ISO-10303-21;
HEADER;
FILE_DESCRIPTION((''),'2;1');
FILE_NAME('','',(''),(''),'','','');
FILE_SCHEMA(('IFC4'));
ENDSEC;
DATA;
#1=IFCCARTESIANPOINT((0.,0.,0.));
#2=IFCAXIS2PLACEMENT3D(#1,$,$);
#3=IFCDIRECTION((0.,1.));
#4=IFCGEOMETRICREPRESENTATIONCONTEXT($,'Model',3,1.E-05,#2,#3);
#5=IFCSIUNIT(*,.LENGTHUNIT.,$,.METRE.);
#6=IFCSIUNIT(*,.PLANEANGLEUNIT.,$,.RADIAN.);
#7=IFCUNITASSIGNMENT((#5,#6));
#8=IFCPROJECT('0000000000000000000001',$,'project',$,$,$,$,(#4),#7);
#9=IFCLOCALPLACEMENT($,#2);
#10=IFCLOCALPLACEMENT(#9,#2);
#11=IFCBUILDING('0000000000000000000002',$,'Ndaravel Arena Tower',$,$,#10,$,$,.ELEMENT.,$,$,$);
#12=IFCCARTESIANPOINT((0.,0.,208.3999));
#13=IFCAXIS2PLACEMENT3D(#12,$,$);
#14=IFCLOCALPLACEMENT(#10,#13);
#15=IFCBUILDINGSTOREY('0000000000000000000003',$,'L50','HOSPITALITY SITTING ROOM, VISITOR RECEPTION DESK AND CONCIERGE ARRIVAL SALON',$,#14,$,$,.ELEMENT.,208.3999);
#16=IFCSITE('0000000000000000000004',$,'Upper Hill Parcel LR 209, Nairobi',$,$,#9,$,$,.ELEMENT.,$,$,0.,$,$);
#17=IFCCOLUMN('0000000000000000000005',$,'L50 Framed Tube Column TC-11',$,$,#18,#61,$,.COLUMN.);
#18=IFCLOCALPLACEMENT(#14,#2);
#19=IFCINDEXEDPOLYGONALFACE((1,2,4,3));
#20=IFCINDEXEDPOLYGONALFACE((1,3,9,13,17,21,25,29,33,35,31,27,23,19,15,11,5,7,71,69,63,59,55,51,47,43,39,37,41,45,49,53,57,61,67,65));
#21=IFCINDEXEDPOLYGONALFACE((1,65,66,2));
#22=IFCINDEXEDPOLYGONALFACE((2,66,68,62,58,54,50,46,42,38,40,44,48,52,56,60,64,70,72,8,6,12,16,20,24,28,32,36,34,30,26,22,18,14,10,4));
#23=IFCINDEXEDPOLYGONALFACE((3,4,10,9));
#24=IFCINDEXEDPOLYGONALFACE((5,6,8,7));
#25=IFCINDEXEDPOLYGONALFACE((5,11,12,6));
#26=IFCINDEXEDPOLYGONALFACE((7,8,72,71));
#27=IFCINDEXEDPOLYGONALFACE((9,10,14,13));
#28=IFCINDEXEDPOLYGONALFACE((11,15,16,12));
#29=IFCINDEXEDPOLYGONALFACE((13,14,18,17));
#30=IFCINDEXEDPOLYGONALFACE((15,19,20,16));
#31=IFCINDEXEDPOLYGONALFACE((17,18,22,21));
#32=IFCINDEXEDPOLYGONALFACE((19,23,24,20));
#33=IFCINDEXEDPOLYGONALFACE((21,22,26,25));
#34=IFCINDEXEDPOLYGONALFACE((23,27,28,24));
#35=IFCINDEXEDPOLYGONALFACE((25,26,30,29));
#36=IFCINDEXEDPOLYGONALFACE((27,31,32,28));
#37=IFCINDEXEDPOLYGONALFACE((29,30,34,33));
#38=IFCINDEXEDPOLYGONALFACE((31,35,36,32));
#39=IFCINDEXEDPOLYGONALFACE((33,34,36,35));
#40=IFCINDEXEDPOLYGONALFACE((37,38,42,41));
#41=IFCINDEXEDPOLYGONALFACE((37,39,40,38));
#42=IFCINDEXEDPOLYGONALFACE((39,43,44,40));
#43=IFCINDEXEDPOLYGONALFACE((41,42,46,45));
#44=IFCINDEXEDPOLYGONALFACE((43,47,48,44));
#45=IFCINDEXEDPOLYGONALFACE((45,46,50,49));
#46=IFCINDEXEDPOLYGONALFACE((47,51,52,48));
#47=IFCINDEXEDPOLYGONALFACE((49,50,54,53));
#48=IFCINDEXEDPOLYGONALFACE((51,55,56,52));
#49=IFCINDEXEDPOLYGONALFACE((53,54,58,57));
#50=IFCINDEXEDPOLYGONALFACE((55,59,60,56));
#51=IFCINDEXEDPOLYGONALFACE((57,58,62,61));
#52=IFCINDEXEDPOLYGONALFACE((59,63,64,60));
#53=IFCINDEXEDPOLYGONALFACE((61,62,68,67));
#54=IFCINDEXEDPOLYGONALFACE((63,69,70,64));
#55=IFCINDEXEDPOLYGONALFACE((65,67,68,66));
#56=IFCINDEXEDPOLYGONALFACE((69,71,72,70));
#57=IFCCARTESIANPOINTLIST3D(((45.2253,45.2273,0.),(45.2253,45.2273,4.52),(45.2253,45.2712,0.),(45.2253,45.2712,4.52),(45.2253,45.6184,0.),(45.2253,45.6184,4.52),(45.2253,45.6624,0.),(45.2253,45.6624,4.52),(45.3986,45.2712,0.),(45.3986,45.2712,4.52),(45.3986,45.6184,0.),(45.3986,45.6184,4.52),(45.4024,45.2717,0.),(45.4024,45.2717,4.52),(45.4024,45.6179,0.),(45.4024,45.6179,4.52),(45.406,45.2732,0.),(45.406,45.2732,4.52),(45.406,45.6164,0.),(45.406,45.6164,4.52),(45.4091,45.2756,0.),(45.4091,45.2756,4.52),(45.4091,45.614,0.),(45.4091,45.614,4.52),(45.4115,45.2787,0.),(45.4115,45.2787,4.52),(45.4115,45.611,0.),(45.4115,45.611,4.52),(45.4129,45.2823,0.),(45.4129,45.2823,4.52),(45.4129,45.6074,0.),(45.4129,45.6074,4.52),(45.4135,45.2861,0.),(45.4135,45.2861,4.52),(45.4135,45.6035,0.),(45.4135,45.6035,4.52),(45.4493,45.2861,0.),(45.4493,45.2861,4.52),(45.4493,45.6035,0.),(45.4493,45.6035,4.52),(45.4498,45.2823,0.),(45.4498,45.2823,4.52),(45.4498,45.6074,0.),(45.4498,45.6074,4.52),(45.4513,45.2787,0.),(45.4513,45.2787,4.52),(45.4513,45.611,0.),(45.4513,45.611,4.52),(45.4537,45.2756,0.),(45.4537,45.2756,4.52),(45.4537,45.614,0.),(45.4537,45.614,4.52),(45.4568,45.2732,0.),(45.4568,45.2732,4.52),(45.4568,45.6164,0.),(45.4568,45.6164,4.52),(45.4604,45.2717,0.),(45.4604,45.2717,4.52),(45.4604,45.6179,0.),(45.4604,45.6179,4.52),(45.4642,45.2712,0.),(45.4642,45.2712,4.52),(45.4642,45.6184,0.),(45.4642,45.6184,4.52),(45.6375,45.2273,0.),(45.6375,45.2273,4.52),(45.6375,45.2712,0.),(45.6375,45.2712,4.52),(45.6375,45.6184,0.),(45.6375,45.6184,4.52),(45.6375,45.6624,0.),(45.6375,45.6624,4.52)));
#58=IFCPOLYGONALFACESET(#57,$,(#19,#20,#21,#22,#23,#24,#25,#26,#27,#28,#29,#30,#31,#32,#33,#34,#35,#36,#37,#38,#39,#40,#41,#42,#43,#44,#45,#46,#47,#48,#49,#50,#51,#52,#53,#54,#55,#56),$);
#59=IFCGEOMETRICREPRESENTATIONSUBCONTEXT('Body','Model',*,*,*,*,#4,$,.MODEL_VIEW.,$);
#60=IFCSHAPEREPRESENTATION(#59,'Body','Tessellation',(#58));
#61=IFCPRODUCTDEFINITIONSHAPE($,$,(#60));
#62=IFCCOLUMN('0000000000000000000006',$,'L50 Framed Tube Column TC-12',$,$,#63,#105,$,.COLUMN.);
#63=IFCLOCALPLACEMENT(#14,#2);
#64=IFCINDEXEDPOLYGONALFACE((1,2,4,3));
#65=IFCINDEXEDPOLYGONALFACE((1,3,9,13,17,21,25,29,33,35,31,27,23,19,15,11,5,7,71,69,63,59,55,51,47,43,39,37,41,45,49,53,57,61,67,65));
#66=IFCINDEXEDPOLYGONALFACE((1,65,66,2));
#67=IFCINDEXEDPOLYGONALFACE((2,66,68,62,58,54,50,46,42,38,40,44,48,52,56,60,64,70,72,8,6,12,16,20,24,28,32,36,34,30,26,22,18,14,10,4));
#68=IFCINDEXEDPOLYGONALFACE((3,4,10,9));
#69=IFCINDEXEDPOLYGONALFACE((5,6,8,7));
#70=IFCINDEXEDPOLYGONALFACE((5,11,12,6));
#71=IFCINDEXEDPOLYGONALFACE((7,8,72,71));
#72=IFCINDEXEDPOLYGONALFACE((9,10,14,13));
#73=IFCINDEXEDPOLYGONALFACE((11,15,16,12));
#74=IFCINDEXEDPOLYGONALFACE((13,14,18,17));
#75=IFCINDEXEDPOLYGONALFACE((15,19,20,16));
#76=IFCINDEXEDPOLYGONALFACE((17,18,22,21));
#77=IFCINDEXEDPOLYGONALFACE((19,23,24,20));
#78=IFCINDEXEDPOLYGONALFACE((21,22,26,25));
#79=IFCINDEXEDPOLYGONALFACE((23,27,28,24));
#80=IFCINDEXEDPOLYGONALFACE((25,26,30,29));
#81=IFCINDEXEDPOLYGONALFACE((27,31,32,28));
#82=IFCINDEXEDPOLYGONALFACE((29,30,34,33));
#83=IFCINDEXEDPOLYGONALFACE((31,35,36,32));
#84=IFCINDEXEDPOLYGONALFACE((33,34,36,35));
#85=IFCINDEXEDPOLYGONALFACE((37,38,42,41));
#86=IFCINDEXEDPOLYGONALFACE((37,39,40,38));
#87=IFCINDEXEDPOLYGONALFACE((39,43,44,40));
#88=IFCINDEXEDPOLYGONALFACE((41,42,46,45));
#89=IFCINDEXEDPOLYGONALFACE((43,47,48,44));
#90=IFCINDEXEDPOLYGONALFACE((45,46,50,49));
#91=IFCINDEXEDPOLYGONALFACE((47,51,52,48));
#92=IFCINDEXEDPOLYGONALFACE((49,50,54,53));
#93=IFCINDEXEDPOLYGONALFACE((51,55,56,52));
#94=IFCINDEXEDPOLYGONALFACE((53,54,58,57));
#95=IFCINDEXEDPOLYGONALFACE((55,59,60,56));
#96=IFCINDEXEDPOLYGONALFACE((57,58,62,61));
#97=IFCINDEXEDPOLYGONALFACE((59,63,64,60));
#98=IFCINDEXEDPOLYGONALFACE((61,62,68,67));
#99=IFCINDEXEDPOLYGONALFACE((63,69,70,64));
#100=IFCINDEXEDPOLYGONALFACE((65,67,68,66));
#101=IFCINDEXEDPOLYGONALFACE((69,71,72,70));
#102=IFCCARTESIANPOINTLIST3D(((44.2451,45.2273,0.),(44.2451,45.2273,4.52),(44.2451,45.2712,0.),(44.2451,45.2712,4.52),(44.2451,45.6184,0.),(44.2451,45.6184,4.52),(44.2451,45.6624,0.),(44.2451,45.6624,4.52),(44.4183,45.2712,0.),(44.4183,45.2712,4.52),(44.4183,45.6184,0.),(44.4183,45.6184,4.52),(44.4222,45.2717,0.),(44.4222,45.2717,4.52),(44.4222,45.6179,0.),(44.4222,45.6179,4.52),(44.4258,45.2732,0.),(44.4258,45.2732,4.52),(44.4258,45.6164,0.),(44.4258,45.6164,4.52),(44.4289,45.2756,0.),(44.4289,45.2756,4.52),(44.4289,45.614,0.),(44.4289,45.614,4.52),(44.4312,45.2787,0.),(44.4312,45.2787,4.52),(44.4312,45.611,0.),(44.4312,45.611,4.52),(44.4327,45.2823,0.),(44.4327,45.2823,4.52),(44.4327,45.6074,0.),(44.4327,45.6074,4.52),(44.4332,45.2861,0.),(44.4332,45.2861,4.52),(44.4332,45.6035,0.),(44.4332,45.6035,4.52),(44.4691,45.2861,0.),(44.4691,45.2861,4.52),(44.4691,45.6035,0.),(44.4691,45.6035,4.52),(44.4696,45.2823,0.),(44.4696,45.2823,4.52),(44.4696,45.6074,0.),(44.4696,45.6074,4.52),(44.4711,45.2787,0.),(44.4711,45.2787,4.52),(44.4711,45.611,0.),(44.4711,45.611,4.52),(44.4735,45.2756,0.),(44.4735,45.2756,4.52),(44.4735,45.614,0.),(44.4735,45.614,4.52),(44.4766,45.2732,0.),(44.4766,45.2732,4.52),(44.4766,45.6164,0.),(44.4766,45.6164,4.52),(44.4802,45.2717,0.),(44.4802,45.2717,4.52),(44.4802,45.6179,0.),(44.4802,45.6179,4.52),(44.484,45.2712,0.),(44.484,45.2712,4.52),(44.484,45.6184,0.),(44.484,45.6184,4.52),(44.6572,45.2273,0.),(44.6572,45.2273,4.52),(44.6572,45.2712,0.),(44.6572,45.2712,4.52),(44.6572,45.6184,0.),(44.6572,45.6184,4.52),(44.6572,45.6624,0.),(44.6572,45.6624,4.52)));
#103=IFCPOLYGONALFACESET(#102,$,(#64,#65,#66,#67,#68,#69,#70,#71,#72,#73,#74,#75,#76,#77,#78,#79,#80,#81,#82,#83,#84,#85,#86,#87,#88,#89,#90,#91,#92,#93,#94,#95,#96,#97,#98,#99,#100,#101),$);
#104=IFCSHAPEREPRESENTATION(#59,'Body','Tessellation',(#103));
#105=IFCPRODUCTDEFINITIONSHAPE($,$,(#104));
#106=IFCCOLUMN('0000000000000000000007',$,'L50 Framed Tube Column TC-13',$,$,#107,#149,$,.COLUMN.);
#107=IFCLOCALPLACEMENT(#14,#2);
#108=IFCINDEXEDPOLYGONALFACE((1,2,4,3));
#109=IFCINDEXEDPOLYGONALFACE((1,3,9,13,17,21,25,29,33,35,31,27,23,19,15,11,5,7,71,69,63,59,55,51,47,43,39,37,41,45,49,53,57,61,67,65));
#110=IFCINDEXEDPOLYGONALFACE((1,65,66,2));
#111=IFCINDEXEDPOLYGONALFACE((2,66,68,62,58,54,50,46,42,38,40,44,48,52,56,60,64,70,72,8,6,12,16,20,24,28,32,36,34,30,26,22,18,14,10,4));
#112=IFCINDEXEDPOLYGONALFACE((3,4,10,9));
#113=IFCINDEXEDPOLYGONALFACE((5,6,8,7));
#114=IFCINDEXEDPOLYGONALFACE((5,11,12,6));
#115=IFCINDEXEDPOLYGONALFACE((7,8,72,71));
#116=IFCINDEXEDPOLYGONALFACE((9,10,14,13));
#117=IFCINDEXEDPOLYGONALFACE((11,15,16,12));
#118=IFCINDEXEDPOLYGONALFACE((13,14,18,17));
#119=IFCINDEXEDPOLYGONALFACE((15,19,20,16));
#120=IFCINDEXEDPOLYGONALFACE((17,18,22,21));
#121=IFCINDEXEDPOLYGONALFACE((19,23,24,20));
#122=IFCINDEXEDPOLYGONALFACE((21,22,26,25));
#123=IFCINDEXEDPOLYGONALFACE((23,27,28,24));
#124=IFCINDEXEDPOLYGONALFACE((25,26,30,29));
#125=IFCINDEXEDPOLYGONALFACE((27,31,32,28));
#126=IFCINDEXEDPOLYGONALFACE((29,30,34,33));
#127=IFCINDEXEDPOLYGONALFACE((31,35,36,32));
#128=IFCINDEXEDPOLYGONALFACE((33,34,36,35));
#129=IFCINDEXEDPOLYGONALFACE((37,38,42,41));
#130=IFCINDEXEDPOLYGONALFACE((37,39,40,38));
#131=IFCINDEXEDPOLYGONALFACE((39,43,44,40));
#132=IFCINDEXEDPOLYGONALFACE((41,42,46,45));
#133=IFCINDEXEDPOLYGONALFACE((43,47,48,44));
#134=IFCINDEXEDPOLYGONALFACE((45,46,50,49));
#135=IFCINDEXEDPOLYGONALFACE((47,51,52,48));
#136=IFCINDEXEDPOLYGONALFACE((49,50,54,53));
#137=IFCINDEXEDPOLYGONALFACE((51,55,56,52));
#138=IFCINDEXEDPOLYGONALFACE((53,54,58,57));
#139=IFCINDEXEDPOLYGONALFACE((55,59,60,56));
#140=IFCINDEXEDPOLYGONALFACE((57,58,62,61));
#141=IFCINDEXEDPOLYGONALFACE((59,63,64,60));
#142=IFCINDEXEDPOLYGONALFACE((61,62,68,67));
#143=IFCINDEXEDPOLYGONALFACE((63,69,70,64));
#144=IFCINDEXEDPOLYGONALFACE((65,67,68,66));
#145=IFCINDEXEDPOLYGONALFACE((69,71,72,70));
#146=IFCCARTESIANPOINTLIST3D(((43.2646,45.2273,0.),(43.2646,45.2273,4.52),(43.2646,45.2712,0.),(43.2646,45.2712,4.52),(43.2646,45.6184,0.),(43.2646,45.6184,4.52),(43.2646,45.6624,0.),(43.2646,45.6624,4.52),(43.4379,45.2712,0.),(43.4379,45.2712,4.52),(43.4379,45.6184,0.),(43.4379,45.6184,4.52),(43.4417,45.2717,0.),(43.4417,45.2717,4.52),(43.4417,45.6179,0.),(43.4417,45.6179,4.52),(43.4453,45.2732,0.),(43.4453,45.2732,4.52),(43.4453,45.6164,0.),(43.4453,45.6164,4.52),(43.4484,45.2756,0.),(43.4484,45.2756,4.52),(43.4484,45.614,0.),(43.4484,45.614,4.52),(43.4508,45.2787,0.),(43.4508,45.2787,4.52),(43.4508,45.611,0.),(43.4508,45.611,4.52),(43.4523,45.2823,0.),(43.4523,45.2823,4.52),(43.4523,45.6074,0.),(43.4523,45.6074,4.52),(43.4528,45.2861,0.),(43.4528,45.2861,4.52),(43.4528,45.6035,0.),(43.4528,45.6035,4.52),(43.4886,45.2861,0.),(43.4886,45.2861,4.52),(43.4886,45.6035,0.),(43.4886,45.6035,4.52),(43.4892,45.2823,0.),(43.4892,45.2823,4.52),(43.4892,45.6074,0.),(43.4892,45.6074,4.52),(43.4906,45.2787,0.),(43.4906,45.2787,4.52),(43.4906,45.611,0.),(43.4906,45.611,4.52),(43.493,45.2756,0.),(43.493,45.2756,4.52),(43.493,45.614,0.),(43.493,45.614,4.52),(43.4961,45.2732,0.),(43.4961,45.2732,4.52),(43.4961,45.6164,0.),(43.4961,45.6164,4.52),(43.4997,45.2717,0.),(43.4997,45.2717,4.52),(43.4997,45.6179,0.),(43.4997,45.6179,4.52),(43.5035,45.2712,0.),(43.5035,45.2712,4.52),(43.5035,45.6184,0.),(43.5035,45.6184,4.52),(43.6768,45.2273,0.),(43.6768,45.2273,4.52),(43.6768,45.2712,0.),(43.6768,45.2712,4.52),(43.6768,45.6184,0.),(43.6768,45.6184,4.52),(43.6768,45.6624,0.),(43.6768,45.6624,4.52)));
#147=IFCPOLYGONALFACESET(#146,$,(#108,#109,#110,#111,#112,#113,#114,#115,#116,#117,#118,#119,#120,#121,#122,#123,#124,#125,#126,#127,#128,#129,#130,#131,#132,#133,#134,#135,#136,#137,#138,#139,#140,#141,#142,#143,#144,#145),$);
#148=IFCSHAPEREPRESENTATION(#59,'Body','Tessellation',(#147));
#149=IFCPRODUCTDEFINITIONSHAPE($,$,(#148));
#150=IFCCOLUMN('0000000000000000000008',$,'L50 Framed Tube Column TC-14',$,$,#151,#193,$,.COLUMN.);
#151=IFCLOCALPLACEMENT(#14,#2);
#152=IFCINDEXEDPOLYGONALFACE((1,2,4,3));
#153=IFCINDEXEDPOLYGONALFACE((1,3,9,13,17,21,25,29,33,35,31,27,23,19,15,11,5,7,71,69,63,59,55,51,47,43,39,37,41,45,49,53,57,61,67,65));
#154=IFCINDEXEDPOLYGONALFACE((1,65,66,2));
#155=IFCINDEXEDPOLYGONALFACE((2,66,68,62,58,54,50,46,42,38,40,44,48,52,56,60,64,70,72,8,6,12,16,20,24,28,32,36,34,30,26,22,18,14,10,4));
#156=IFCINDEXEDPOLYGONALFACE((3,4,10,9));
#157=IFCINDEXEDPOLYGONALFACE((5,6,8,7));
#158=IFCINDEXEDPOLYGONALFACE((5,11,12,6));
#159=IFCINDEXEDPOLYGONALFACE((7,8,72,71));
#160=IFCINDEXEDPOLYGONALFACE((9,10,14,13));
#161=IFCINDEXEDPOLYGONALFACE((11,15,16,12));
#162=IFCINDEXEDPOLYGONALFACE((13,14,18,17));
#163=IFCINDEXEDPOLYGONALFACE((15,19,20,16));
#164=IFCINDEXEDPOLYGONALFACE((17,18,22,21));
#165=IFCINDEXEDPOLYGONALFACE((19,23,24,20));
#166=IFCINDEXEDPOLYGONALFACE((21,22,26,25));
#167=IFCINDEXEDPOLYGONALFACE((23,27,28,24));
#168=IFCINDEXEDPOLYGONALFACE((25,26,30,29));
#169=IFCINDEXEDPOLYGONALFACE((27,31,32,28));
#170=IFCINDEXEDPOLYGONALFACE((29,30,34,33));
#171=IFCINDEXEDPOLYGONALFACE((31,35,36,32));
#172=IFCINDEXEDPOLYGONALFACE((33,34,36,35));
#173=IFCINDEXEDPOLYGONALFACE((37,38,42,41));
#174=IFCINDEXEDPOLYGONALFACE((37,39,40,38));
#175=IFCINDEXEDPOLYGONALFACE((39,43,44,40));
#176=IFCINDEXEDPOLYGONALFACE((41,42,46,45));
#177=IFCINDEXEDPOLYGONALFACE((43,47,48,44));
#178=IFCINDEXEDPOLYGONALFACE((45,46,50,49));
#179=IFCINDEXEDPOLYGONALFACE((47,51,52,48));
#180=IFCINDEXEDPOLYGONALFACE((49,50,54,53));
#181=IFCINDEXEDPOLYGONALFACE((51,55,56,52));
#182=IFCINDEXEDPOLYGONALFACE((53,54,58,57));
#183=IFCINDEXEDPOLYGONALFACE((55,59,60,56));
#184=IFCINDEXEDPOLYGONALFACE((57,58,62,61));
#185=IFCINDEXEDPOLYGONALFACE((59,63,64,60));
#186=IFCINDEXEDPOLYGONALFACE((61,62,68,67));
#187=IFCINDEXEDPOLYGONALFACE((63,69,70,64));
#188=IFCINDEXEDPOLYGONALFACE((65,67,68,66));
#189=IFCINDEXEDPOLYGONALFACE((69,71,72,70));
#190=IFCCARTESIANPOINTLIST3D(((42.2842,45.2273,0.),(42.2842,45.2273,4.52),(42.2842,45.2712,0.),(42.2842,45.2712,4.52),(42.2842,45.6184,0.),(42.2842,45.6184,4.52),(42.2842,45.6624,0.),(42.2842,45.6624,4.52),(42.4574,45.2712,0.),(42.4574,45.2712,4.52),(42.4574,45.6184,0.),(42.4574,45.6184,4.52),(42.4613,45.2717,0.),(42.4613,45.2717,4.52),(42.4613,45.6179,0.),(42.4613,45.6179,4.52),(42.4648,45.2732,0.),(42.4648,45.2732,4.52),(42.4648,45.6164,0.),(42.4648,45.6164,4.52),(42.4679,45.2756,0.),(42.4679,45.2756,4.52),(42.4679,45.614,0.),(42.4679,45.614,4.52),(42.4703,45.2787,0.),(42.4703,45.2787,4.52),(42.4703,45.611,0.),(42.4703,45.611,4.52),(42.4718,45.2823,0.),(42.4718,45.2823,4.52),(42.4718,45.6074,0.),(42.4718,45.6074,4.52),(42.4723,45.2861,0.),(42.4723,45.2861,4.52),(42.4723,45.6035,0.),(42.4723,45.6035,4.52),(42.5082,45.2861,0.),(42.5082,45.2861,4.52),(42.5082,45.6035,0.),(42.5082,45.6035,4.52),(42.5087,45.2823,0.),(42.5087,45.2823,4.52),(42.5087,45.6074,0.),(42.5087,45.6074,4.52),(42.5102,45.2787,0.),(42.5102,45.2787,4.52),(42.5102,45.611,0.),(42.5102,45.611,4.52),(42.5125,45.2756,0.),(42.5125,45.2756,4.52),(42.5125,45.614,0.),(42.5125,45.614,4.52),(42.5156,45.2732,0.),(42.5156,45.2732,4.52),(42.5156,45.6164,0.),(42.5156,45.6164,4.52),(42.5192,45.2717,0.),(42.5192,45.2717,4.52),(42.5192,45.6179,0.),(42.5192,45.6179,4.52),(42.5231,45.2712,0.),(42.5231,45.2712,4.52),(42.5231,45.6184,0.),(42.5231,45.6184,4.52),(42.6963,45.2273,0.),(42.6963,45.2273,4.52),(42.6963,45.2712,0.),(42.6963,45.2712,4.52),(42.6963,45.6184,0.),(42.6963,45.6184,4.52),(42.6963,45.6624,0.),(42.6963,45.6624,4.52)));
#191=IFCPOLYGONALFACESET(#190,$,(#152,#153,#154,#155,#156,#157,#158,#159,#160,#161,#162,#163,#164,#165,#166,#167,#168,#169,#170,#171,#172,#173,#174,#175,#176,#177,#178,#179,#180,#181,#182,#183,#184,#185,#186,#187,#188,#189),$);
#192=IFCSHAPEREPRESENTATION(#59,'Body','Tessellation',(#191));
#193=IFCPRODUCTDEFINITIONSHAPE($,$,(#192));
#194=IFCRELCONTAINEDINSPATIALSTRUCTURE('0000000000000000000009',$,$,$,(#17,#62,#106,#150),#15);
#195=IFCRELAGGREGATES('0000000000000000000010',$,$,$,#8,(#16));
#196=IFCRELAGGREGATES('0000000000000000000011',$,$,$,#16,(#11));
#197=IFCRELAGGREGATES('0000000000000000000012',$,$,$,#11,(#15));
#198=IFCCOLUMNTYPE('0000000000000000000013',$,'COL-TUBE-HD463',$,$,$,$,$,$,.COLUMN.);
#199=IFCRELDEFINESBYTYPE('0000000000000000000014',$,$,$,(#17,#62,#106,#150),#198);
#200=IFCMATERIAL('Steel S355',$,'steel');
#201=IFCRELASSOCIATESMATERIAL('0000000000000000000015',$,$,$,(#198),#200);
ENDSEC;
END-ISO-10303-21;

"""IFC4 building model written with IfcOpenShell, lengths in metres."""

from ifc_helpers import new_model, si_unit, direction, frame, origin, origin_2d, place, context, subcontext, project, spatial, i_section, extrude, material, material_profile, profile_set, type_object, element, save


model = new_model("IFC4")

# Units and contexts
model_context = context("Model", 3, precision=1e-05, world=origin(), true_north=direction((0.0, 1.0)))
body_context = subcontext(model_context, "Body", "Model", "MODEL_VIEW")
ifc_project = project(units=[si_unit("LENGTHUNIT", "METRE"), si_unit("PLANEANGLEUNIT", "RADIAN")], contexts=[model_context])

# Site, building, storey
site_placement = place(None, origin())
site = spatial("IfcSite", under=ifc_project, at=site_placement, Name="Upper Hill Parcel LR 209, Nairobi", CompositionType="ELEMENT", RefElevation=0.0)
building_placement = place(site_placement, origin())
building = spatial("IfcBuilding", under=site, at=building_placement, Name="Ndaravel Arena Tower", CompositionType="ELEMENT")
storey_placement = place(building_placement, frame((0.0, 0.0, 208.3999)))
storey = spatial("IfcBuildingStorey", under=building, at=storey_placement, Name="L50", Description="HOSPITALITY SITTING ROOM, VISITOR RECEPTION DESK AND CONCIERGE ARRIVAL SALON", CompositionType="ELEMENT", Elevation=208.3999)

# Columns
ifc_material_1 = material(Name="Steel S355", Category="steel")
ifc_material_profile_1 = material_profile(ifc_material_1, i_section(OverallWidth=0.4121, OverallDepth=0.4351, WebThickness=0.0359, FlangeThickness=0.0439, FilletRadius=0.0149, at=origin_2d()), Name="HD 400x463")
ifc_profile_set_1 = profile_set([ifc_material_profile_1], Name="Steel S355")
column_type = type_object("IfcColumnType", Name="COL-TUBE-HD463", PredefinedType="COLUMN", material=ifc_profile_set_1)
for number, where, z_axis, x_axis, name in (
    (1, (45.4314, 45.4448, 0.0), (0.0, 0.0, 1.0), (1.0, 0.0, 0.0), "L50 Framed Tube Column TC-11"),
    (2, (44.4512, 45.4448, 0.0), (0.0, 0.0, 1.0), (1.0, 0.0, 0.0), "L50 Framed Tube Column TC-12"),
    (3, (43.4707, 45.4448, 0.0), (0.0, 0.0, 1.0), (1.0, 0.0, 0.0), "L50 Framed Tube Column TC-13"),
    (4, (42.4902, 45.4448, 0.0), (0.0, 0.0, 1.0), (1.0, 0.0, 0.0), "L50 Framed Tube Column TC-14"),
):
    element("IfcColumn", number, at=place(storey_placement, frame(where, z_axis=z_axis, x_axis=x_axis)), inside=storey, type_object=column_type, Name=name, PredefinedType="COLUMN", context=body_context, shape_type="SweptSolid", body=[
        extrude(i_section(OverallWidth=0.4121, OverallDepth=0.4351, WebThickness=0.0359, FlangeThickness=0.0439, FilletRadius=0.0149, at=origin_2d()), origin(), (0.0, 0.0, 1.0), 4.52),
    ])

save(model, "model.ifc")
